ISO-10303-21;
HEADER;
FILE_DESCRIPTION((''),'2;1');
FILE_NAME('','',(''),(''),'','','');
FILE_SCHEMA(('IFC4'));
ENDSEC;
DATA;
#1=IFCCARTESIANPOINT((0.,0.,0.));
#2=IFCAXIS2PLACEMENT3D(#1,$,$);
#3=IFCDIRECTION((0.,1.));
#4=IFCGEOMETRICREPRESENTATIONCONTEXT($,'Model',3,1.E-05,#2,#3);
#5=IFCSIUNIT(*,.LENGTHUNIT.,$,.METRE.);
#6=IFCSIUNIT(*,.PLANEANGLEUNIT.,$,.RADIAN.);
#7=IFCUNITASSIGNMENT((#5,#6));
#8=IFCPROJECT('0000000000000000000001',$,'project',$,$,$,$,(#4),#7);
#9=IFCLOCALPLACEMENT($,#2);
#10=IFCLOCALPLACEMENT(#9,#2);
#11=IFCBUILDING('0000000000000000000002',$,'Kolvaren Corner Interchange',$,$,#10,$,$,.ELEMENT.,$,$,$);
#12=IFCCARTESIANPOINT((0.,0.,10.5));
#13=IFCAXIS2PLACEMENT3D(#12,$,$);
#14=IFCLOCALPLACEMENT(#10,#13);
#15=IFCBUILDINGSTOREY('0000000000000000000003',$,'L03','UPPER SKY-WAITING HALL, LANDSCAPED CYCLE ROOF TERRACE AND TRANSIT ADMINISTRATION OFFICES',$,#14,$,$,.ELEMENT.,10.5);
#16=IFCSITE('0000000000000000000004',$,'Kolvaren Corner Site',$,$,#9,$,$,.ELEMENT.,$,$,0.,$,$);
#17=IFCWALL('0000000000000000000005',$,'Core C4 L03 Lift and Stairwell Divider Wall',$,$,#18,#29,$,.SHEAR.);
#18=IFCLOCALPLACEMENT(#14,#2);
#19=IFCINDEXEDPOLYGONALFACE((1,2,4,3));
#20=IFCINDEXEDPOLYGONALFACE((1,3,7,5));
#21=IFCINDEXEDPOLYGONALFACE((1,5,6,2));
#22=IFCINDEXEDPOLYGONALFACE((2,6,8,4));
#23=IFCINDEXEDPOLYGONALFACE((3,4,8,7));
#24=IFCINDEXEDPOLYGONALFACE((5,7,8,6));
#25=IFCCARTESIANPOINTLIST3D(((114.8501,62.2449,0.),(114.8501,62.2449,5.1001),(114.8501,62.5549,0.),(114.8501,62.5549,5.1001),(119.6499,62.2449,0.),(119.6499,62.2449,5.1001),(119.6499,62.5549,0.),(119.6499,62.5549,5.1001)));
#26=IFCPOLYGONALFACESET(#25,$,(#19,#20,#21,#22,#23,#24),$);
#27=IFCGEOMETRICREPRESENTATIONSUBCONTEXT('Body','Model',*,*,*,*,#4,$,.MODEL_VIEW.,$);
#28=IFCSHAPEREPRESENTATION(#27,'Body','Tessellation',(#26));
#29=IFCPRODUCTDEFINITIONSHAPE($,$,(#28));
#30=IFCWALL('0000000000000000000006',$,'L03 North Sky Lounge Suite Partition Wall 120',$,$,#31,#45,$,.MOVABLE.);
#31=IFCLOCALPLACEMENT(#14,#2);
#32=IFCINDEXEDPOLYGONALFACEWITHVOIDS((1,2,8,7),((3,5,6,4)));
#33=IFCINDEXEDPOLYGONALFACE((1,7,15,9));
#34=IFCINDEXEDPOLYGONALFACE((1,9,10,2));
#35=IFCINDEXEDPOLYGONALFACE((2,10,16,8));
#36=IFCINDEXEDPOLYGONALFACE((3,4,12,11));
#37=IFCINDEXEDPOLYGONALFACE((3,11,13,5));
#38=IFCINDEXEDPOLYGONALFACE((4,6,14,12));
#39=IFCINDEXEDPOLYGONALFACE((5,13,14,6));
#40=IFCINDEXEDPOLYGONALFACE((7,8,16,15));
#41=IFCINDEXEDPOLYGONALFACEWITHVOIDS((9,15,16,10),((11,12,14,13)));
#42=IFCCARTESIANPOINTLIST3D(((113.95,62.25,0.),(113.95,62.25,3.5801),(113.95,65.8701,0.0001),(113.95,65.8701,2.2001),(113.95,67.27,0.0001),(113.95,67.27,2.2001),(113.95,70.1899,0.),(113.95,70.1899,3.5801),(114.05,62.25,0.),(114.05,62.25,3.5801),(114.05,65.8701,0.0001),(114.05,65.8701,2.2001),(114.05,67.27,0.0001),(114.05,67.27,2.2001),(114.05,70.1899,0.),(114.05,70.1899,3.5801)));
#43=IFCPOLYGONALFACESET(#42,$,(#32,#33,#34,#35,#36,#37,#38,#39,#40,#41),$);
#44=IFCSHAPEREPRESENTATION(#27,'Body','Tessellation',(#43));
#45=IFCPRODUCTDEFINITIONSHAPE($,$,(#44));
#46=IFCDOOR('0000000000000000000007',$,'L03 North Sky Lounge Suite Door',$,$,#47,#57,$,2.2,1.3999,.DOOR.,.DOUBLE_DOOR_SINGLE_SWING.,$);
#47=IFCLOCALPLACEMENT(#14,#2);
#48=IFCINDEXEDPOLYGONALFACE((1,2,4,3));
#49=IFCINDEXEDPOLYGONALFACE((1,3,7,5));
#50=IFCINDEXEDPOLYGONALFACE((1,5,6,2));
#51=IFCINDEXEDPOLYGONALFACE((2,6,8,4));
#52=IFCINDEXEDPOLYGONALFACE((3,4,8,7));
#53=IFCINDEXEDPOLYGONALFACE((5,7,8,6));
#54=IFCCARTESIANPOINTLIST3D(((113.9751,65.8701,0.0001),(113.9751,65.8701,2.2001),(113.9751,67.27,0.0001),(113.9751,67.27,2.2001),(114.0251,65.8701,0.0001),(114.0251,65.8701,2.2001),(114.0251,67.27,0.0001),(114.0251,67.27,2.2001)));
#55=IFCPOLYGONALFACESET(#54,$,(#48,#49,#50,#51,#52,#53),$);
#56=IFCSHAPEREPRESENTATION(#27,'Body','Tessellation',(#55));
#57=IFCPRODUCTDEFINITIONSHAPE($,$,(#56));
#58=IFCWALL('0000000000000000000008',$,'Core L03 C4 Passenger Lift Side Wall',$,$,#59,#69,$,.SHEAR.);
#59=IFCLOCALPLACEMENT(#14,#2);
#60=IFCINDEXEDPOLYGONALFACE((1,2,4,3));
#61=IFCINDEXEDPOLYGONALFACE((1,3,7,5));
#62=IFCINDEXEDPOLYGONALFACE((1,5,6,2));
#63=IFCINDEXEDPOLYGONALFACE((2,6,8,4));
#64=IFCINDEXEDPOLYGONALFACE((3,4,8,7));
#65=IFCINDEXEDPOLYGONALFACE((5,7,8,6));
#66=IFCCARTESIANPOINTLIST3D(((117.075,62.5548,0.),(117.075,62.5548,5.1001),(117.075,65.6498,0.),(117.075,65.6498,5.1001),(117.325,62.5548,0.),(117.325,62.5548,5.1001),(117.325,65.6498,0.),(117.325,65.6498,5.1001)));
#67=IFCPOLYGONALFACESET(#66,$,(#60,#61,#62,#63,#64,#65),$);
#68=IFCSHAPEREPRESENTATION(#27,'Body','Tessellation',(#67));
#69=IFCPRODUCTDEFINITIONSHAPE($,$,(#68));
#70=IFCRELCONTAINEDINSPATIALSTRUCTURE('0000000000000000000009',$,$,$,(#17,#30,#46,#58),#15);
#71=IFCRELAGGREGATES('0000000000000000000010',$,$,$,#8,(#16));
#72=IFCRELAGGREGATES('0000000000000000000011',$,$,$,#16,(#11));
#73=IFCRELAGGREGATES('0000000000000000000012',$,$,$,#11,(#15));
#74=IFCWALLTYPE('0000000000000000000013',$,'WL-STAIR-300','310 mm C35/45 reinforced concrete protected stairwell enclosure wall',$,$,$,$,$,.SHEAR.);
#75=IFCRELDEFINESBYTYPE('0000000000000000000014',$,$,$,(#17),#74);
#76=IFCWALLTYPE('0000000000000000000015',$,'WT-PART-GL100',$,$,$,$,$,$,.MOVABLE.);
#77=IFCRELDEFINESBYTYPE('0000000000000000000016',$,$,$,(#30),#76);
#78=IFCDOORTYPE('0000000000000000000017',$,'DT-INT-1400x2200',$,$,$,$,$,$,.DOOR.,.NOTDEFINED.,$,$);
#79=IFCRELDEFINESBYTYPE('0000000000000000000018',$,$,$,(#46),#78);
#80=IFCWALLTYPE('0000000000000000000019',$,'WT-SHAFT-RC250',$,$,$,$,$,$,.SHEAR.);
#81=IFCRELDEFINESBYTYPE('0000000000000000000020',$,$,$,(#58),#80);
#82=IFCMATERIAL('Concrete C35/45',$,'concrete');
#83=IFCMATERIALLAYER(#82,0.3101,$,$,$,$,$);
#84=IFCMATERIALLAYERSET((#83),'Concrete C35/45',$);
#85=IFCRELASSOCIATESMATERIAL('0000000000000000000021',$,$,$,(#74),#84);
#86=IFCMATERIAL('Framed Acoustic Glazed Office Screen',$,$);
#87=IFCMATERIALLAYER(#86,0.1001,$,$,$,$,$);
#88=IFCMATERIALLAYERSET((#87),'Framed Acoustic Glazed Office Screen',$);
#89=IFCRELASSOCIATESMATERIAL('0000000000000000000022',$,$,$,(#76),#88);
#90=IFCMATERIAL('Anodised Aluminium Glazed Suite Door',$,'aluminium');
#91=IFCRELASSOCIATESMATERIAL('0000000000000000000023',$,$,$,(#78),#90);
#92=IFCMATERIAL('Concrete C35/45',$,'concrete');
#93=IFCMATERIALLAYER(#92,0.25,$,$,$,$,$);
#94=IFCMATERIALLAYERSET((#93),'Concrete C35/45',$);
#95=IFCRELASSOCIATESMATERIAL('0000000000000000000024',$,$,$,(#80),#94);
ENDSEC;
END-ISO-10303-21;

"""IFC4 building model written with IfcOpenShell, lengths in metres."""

from ifc_helpers import new_model, si_unit, direction, frame, frame_2d, origin, place, context, subcontext, project, spatial, rectangle, extrude, material, layer, layer_set, type_object, element, fill, save


model = new_model("IFC4")

# Units and contexts
model_context = context("Model", 3, precision=1e-05, world=origin(), true_north=direction((0.0, 1.0)))
body_context = subcontext(model_context, "Body", "Model", "MODEL_VIEW")
ifc_project = project(units=[si_unit("LENGTHUNIT", "METRE"), si_unit("PLANEANGLEUNIT", "RADIAN")], contexts=[model_context])

# Site, building, storey
site_placement = place(None, origin())
site = spatial("IfcSite", under=ifc_project, at=site_placement, Name="Kolvaren Corner Site", CompositionType="ELEMENT", RefElevation=0.0)
building_placement = place(site_placement, origin())
building = spatial("IfcBuilding", under=site, at=building_placement, Name="Kolvaren Corner Interchange", CompositionType="ELEMENT")
storey_placement = place(building_placement, frame((0.0, 0.0, 10.5)))
storey = spatial("IfcBuildingStorey", under=building, at=storey_placement, Name="L03", Description="UPPER SKY-WAITING HALL, LANDSCAPED CYCLE ROOF TERRACE AND TRANSIT ADMINISTRATION OFFICES", CompositionType="ELEMENT", Elevation=10.5)

# Wall
ifc_material_1 = material(Name="Concrete C35/45", Category="concrete")
ifc_layer_1 = layer(ifc_material_1, 0.3101)
ifc_layer_set_1 = layer_set([ifc_layer_1], Name="Concrete C35/45")
wall_type_1 = type_object("IfcWallType", Name="WL-STAIR-300", Description="310 mm C35/45 reinforced concrete protected stairwell enclosure wall", PredefinedType="SHEAR", material=ifc_layer_set_1)
wall_1_placement = place(storey_placement, frame((114.8501, 62.3999, 0.0), z_axis=(0.0, 0.0, 1.0), x_axis=(1.0, 0.0, 0.0)))
element("IfcWall", 1, at=wall_1_placement, inside=storey, type_object=wall_type_1, Name="Core C4 L03 Lift and Stairwell Divider Wall", PredefinedType="SHEAR", context=body_context, shape_type="SweptSolid", body=[
    extrude(rectangle(XDim=4.7998, YDim=0.3101, at=frame_2d((2.3999, 0.0))), origin(), (0.0, 0.0, 1.0), 5.1001),
])

# Wall, opening, door
ifc_material_2 = material(Name="Framed Acoustic Glazed Office Screen")
ifc_layer_2 = layer(ifc_material_2, 0.1001)
ifc_layer_set_2 = layer_set([ifc_layer_2], Name="Framed Acoustic Glazed Office Screen")
wall_type_2 = type_object("IfcWallType", Name="WT-PART-GL100", PredefinedType="MOVABLE", material=ifc_layer_set_2)
wall_2_placement = place(storey_placement, frame((114.0, 62.25, 0.0), z_axis=(0.0, 0.0, 1.0), x_axis=(0.0, 1.0, 0.0)))
wall_2 = element("IfcWall", 2, at=wall_2_placement, inside=storey, type_object=wall_type_2, Name="L03 North Sky Lounge Suite Partition Wall 120", PredefinedType="MOVABLE", context=body_context, shape_type="SweptSolid", body=[
    extrude(rectangle(XDim=7.9399, YDim=0.1001, at=frame_2d((3.97, 0.0))), origin(), (0.0, 0.0, 1.0), 3.5801),
])
opening_1_placement = place(wall_2_placement, frame((3.6201, 0.0, 0.0)))
opening_1 = element("IfcOpeningElement", 3, at=opening_1_placement, cuts=wall_2, PredefinedType="OPENING", context=body_context, shape_type="SweptSolid", body=[
    extrude(rectangle(XDim=1.3999, YDim=2.2, at=frame_2d((0.7, 1.1001))), frame((0.0, 0.0601, 0.0), z_axis=(0.0, -1.0, 0.0), x_axis=(1.0, 0.0, 0.0)), (0.0, 0.0, 1.0), 0.1201),
])
ifc_material_3 = material(Name="Anodised Aluminium Glazed Suite Door", Category="aluminium")
door_type_1 = type_object("IfcDoorType", Name="DT-INT-1400x2200", OperationType="NOTDEFINED", PredefinedType="DOOR", material=ifc_material_3)
door_1_placement = place(opening_1_placement, origin())
door_1 = element("IfcDoor", 4, at=door_1_placement, inside=storey, type_object=door_type_1, Name="L03 North Sky Lounge Suite Door", OperationType="DOUBLE_DOOR_SINGLE_SWING", OverallHeight=2.2, OverallWidth=1.3999, PredefinedType="DOOR", context=body_context, shape_type="SweptSolid", body=[
    extrude(rectangle(XDim=1.3999, YDim=2.2, at=frame_2d((0.7, 1.1001))), frame((0.0, 0.0249, 0.0), z_axis=(0.0, -1.0, 0.0), x_axis=(1.0, 0.0, 0.0)), (0.0, 0.0, 1.0), 0.05),
])
fill(opening_1, door_1)

# Wall
ifc_material_4 = material(Name="Concrete C35/45", Category="concrete")
ifc_layer_3 = layer(ifc_material_4, 0.25)
ifc_layer_set_3 = layer_set([ifc_layer_3], Name="Concrete C35/45")
wall_type_3 = type_object("IfcWallType", Name="WT-SHAFT-RC250", PredefinedType="SHEAR", material=ifc_layer_set_3)
wall_3_placement = place(storey_placement, frame((117.2, 62.5549, 0.0), z_axis=(0.0, 0.0, 1.0), x_axis=(0.0, 1.0, 0.0)))
element("IfcWall", 5, at=wall_3_placement, inside=storey, type_object=wall_type_3, Name="Core L03 C4 Passenger Lift Side Wall", PredefinedType="SHEAR", context=body_context, shape_type="SweptSolid", body=[
    extrude(rectangle(XDim=3.095, YDim=0.25, at=frame_2d((1.5474, 0.0))), origin(), (0.0, 0.0, 1.0), 5.1001),
])

save(model, "model.ifc")
